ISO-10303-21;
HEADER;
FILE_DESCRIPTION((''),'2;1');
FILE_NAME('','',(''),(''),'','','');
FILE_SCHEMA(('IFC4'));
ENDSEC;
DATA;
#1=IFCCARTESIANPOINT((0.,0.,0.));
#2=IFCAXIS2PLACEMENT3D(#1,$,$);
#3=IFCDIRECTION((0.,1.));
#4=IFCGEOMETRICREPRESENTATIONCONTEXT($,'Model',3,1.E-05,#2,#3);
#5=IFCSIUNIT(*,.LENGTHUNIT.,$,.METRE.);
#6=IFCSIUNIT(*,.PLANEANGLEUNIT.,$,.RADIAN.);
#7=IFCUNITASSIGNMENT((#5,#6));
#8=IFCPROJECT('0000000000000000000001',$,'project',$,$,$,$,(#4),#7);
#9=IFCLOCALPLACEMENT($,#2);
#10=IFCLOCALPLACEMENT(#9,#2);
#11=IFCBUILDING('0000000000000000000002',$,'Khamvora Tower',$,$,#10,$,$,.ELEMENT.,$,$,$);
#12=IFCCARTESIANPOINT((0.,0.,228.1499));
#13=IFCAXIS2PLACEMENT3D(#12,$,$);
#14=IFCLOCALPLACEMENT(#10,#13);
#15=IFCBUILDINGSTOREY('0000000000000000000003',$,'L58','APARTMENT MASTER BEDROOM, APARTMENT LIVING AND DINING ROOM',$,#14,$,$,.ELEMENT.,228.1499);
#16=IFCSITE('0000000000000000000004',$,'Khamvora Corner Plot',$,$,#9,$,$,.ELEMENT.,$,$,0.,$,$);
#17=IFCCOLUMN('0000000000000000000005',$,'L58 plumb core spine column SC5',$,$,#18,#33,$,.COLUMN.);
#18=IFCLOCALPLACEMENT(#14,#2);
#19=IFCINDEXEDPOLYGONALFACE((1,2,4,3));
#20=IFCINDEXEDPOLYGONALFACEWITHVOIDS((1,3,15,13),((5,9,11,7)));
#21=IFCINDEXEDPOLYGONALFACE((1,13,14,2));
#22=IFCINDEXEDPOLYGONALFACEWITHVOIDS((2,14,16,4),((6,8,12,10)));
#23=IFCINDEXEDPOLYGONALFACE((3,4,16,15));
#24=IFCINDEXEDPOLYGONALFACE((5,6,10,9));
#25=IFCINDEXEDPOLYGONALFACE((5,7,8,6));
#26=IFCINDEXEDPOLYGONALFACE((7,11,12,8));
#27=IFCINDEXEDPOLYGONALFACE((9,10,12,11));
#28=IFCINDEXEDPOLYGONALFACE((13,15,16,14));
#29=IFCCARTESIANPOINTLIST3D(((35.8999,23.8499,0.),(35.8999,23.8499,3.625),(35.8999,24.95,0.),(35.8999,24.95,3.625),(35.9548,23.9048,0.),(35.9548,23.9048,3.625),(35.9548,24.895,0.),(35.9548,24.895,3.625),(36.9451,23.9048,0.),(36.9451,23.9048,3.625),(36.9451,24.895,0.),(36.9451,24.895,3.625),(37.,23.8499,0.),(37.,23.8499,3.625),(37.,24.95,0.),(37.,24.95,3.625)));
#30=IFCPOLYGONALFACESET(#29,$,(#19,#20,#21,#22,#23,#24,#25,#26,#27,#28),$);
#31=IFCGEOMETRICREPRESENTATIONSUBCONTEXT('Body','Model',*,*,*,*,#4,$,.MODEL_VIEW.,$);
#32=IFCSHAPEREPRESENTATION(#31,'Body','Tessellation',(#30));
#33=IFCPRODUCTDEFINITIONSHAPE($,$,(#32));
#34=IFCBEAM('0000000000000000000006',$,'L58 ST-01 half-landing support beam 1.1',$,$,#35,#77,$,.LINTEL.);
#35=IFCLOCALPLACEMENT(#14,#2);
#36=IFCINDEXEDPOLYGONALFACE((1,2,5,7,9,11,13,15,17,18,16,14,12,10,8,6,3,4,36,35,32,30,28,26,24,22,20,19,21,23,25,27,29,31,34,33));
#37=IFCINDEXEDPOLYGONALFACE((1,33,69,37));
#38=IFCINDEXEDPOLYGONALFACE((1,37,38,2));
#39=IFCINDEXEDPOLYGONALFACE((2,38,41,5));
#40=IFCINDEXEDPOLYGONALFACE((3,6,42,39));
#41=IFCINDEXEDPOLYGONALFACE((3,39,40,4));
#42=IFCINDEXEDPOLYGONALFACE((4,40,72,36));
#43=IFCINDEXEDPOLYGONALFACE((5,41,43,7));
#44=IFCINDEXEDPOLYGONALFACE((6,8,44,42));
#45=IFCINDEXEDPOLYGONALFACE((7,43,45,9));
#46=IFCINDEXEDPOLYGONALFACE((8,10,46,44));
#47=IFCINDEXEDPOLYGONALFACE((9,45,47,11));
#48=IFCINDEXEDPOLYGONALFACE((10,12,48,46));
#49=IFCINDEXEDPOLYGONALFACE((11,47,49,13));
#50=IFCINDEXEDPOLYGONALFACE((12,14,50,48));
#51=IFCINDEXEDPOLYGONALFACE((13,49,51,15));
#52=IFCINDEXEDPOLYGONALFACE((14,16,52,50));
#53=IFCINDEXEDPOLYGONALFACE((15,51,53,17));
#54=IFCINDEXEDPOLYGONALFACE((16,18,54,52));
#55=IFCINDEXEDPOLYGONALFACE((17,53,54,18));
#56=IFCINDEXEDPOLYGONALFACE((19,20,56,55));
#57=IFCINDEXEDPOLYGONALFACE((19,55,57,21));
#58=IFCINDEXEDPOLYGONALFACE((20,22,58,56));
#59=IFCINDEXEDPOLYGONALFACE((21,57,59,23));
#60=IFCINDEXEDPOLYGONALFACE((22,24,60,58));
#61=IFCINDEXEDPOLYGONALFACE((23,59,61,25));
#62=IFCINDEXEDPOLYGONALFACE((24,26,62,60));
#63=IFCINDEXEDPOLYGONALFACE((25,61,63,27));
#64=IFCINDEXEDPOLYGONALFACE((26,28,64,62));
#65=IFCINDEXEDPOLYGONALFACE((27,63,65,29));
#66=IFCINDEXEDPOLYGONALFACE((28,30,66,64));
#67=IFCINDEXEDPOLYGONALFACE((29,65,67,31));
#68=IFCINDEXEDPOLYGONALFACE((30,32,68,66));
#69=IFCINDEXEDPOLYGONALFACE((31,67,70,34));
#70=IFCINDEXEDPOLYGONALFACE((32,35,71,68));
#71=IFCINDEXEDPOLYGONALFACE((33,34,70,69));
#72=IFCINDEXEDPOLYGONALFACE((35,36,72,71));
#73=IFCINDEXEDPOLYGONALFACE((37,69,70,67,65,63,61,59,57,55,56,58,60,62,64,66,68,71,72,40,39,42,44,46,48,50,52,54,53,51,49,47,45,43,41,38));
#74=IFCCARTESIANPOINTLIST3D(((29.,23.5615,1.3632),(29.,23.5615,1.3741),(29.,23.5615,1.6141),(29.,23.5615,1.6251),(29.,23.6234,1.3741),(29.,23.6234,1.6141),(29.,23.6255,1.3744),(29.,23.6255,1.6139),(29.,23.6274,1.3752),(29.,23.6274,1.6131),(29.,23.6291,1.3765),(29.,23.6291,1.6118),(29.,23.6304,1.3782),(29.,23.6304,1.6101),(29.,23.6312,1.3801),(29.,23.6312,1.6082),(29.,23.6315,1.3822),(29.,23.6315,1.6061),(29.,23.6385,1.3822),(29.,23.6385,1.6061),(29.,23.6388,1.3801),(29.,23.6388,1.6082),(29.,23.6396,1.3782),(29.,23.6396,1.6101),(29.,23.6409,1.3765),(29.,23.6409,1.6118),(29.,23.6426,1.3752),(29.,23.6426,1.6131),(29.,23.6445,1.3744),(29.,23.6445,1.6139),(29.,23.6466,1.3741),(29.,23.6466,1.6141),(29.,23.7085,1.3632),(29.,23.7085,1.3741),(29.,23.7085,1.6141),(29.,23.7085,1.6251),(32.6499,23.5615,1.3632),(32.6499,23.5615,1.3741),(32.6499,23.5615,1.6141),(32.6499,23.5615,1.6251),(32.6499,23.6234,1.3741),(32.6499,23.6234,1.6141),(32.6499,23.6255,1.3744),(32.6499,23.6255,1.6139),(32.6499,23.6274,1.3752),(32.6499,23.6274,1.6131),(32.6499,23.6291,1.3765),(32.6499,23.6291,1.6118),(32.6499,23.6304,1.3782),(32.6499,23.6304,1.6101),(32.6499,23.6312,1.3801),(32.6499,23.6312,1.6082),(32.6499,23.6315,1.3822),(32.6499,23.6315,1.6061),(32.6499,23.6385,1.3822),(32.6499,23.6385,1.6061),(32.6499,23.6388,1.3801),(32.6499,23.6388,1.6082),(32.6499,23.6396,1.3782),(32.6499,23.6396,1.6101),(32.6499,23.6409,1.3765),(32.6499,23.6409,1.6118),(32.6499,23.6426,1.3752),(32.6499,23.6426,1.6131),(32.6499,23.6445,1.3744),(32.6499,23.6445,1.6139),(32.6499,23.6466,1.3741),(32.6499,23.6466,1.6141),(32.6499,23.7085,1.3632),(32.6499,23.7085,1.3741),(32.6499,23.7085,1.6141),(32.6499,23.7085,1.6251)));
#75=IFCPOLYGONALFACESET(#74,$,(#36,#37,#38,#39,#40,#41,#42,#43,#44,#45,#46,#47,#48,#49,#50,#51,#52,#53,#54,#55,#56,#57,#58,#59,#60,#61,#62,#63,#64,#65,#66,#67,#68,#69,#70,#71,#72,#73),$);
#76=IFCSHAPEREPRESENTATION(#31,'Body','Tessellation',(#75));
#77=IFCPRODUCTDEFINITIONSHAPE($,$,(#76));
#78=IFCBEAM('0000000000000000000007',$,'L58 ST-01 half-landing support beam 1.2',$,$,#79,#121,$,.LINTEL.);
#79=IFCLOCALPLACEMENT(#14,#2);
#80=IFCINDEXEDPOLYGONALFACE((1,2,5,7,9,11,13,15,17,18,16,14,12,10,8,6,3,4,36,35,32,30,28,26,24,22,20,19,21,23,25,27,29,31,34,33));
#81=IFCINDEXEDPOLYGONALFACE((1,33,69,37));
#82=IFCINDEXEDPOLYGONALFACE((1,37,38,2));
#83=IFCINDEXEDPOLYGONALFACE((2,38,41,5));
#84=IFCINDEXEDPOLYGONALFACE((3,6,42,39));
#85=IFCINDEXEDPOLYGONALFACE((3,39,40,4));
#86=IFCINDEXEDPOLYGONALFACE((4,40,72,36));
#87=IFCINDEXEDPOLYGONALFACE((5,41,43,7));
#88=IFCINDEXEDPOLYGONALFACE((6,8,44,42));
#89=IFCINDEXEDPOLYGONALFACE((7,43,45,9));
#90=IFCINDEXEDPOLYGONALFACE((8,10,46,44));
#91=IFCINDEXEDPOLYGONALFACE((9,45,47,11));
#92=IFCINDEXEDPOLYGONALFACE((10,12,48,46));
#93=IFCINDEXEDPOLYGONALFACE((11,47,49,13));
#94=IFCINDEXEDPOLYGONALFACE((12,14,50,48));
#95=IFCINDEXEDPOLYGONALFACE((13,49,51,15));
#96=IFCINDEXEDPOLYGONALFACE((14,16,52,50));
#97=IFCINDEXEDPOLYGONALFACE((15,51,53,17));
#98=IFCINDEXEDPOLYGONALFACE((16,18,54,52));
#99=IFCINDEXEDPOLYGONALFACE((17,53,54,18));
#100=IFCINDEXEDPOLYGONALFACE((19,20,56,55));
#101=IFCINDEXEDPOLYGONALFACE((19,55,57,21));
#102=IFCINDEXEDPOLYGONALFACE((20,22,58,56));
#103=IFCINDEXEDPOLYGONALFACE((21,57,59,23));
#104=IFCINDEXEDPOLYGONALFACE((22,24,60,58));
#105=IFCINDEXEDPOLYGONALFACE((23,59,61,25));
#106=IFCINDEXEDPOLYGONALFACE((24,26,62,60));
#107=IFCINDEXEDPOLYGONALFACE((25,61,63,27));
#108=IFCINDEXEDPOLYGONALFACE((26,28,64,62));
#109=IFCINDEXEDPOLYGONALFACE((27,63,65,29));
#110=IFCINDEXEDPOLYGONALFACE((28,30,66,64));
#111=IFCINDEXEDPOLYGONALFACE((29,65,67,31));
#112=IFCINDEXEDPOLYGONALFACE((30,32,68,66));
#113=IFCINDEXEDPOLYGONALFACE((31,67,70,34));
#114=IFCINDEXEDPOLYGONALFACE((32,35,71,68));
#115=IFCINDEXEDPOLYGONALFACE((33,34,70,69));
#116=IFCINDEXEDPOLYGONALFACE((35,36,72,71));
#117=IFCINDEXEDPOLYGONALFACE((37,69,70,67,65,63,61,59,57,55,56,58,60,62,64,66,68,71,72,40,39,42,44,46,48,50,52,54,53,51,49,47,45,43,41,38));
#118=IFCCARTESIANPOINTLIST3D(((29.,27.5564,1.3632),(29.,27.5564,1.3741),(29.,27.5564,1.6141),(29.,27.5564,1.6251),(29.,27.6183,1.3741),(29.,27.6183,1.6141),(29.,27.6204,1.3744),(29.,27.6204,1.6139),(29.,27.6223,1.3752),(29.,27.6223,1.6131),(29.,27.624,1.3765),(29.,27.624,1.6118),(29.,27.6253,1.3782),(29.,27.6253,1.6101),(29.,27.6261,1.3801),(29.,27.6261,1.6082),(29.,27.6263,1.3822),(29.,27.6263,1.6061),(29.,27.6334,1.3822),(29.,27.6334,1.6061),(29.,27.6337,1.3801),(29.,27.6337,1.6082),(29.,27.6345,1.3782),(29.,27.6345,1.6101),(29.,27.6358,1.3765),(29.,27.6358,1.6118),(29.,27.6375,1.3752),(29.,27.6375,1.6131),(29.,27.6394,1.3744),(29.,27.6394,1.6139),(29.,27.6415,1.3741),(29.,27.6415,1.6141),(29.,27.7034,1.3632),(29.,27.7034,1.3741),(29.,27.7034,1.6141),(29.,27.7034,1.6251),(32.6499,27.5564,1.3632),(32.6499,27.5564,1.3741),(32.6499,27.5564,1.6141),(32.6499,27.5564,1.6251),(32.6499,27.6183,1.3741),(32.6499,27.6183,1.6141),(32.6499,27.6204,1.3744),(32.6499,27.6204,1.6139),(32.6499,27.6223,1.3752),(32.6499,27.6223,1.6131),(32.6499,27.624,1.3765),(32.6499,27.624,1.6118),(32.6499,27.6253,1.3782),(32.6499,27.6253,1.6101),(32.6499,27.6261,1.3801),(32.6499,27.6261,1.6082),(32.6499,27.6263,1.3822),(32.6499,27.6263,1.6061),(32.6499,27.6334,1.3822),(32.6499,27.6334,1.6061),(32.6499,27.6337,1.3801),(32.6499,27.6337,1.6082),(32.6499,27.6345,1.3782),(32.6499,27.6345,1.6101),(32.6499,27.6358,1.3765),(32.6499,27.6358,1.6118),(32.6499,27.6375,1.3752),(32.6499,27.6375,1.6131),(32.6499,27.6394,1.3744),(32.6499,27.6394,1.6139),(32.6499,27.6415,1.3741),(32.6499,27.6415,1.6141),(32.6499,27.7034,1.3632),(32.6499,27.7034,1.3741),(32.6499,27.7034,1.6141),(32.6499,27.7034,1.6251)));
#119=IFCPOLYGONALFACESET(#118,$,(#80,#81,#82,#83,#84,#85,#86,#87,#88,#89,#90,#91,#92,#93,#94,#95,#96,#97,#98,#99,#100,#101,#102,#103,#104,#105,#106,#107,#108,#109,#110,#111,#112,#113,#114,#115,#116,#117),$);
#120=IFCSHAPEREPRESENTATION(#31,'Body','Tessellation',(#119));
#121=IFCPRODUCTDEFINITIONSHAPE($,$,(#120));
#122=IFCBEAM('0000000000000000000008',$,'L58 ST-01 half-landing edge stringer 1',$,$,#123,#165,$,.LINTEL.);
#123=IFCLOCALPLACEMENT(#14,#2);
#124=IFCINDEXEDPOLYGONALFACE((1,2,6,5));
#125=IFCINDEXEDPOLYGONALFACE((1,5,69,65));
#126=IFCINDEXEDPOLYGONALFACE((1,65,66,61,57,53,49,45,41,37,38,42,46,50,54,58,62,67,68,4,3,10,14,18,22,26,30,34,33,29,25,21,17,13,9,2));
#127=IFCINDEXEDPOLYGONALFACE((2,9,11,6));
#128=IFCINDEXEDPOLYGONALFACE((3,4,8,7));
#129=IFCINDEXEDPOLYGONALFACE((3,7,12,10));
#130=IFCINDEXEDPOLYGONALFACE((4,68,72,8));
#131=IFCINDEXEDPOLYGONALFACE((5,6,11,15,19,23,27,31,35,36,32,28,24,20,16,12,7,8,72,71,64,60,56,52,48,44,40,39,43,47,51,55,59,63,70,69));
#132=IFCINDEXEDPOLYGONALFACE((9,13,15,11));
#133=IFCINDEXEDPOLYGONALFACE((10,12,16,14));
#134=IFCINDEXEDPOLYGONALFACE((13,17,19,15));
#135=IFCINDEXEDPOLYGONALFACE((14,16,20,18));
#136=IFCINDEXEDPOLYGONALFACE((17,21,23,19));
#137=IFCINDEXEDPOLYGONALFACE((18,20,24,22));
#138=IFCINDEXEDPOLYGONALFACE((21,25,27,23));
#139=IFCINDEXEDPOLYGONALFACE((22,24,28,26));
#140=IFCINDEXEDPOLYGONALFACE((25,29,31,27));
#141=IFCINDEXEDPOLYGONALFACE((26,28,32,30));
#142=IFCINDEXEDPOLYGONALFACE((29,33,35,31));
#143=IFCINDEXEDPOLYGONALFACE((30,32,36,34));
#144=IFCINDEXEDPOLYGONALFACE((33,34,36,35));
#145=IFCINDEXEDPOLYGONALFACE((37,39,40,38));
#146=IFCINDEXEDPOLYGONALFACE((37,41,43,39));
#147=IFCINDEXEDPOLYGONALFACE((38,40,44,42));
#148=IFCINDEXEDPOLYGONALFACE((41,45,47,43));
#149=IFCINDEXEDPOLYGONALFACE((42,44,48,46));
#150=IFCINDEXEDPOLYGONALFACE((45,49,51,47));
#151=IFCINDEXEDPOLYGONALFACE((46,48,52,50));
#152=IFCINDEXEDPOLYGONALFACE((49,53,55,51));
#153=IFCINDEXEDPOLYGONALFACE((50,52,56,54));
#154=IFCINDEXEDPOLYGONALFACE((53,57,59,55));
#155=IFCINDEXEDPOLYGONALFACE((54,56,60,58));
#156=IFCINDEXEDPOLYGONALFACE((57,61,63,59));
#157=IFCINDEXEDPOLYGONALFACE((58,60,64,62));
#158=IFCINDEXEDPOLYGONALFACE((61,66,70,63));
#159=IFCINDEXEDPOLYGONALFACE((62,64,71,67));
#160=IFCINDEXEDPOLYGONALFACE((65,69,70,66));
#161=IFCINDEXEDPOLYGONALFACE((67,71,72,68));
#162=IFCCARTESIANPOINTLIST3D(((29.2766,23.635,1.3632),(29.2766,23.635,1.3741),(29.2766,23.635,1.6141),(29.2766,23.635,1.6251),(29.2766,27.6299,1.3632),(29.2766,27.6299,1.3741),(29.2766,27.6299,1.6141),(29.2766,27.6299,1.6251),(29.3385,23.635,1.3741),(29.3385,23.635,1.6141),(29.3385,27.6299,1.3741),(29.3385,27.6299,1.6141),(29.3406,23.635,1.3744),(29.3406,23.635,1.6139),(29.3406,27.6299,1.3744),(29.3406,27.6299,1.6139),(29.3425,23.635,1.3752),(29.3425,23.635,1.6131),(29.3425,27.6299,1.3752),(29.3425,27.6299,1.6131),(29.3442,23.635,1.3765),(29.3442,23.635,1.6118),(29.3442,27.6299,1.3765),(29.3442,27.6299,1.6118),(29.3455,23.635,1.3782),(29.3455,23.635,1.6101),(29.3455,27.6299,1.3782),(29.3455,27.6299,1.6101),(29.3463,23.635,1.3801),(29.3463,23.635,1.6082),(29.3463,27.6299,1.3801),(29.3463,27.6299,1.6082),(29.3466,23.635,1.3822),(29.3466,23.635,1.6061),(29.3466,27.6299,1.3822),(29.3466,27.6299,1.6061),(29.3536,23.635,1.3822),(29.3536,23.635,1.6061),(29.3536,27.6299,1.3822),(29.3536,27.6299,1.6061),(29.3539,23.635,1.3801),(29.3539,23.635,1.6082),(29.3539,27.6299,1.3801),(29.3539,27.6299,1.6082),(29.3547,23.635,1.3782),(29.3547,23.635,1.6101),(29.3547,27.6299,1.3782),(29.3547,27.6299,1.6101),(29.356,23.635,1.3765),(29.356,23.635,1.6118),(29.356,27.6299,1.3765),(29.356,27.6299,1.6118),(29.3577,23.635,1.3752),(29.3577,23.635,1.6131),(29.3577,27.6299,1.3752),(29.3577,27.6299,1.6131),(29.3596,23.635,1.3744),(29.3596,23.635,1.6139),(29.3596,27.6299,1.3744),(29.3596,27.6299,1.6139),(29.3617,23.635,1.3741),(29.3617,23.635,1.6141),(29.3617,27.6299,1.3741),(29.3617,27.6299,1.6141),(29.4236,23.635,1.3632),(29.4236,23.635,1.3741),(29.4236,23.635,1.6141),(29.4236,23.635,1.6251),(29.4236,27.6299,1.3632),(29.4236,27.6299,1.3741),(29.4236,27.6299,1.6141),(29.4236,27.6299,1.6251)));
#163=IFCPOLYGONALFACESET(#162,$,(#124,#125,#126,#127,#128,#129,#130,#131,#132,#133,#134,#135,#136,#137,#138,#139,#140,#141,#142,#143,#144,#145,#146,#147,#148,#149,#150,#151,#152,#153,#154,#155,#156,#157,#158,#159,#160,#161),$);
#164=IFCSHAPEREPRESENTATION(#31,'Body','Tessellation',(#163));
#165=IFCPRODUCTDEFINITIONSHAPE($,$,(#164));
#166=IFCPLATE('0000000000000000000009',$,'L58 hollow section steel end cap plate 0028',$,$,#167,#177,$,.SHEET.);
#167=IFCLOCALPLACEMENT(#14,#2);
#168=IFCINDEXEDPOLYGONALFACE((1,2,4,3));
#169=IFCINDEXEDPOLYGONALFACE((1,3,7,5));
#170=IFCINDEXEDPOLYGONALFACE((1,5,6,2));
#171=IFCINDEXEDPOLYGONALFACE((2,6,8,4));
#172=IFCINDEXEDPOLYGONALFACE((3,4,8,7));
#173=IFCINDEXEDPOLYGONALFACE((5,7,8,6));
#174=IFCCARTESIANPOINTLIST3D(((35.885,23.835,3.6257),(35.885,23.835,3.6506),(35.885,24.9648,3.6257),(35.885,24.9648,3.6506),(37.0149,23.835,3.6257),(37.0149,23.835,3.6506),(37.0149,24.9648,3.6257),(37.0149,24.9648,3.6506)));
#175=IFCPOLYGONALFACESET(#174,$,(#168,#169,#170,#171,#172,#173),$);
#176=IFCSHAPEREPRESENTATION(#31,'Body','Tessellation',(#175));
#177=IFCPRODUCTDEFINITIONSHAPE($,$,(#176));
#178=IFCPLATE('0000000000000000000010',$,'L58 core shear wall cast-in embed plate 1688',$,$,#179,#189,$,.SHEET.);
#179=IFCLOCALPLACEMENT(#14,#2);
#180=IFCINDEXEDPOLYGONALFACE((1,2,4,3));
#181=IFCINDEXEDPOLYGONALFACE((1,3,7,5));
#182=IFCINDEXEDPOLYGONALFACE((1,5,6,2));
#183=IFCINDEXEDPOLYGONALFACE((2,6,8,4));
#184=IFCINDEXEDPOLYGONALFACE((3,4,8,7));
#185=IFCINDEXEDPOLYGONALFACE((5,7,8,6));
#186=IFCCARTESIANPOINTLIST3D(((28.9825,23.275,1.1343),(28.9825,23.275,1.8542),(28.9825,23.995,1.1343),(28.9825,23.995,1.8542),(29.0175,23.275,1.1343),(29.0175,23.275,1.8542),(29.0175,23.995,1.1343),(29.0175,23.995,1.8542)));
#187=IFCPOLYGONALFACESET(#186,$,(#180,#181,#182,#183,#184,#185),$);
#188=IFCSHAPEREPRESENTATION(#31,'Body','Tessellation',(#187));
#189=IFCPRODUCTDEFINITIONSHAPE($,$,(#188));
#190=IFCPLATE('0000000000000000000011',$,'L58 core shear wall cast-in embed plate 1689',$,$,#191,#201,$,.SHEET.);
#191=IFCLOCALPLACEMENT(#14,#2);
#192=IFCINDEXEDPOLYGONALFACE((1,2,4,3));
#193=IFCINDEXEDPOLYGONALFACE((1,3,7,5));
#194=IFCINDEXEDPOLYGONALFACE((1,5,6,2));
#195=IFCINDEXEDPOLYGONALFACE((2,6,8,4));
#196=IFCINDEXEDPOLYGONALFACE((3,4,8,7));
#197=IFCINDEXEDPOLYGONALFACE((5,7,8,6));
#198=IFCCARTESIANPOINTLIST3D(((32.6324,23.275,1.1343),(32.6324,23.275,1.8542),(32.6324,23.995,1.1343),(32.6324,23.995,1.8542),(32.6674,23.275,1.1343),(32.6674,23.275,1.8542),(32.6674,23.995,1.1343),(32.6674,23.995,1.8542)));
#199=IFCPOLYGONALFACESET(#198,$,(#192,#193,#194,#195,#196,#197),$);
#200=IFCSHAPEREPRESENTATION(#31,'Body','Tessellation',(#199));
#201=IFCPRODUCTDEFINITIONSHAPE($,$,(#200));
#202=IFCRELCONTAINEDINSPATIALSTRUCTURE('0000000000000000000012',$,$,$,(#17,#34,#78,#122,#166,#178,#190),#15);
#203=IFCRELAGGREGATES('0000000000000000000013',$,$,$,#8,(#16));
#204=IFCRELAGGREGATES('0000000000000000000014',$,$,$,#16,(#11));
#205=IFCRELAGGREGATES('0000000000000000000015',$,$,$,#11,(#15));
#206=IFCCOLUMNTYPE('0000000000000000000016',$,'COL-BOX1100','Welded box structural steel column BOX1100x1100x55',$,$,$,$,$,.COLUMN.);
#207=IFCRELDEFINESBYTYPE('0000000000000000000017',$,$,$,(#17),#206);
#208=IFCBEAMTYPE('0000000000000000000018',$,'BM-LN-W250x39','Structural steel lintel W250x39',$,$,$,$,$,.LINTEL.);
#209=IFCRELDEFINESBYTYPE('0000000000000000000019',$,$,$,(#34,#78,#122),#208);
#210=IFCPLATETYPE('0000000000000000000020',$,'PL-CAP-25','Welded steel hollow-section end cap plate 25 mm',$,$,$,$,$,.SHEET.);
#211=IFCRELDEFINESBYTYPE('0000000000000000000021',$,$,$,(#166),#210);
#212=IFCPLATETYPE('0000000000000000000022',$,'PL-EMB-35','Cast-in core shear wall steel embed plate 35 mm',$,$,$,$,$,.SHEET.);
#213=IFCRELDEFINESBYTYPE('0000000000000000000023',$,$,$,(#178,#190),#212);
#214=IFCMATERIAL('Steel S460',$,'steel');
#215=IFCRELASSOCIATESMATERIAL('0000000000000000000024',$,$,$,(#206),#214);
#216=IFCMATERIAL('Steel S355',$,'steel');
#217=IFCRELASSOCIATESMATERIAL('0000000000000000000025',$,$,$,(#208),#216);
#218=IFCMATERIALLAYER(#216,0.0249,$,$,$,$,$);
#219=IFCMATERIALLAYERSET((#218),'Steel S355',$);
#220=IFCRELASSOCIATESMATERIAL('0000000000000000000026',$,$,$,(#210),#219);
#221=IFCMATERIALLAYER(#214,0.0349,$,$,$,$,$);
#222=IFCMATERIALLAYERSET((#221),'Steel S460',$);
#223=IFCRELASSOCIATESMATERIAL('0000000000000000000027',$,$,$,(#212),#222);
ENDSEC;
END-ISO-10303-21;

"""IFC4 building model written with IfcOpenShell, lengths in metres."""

from ifc_helpers import new_model, si_unit, direction, frame, origin, origin_2d, place, context, subcontext, project, spatial, rectangle, hollow_rectangle, i_section, extrude, material, layer, layer_set, material_profile, profile_set, type_object, element, save


model = new_model("IFC4")

# Units and contexts
model_context = context("Model", 3, precision=1e-05, world=origin(), true_north=direction((0.0, 1.0)))
body_context = subcontext(model_context, "Body", "Model", "MODEL_VIEW")
ifc_project = project(units=[si_unit("LENGTHUNIT", "METRE"), si_unit("PLANEANGLEUNIT", "RADIAN")], contexts=[model_context])

# Site, building, storey
site_placement = place(None, origin())
site = spatial("IfcSite", under=ifc_project, at=site_placement, Name="Khamvora Corner Plot", CompositionType="ELEMENT", RefElevation=0.0)
building_placement = place(site_placement, origin())
building = spatial("IfcBuilding", under=site, at=building_placement, Name="Khamvora Tower", CompositionType="ELEMENT")
storey_placement = place(building_placement, frame((0.0, 0.0, 228.1499)))
storey = spatial("IfcBuildingStorey", under=building, at=storey_placement, Name="L58", Description="APARTMENT MASTER BEDROOM, APARTMENT LIVING AND DINING ROOM", CompositionType="ELEMENT", Elevation=228.1499)

# Column
ifc_material_1 = material(Name="Steel S460", Category="steel")
ifc_material_profile_1 = material_profile(ifc_material_1, hollow_rectangle(XDim=1.1001, YDim=1.1001, WallThickness=0.0549, at=origin_2d()), Name="BOX1100x1100x55")
ifc_profile_set_1 = profile_set([ifc_material_profile_1], Name="Steel S460")
column_type = type_object("IfcColumnType", Name="COL-BOX1100", Description="Welded box structural steel column BOX1100x1100x55", PredefinedType="COLUMN", material=ifc_profile_set_1)
column_placement = place(storey_placement, frame((36.45, 24.3999, 0.0), z_axis=(0.0, 0.0, 1.0), x_axis=(1.0, 0.0, 0.0)))
element("IfcColumn", 1, at=column_placement, inside=storey, type_object=column_type, Name="L58 plumb core spine column SC5", PredefinedType="COLUMN", context=body_context, shape_type="SweptSolid", body=[
    extrude(hollow_rectangle(XDim=1.1001, YDim=1.1001, WallThickness=0.0549, at=origin_2d()), origin(), (0.0, 0.0, 1.0), 3.625),
])

# Beams
ifc_material_2 = material(Name="Steel S355", Category="steel")
ifc_material_profile_2 = material_profile(ifc_material_2, i_section(OverallWidth=0.147, OverallDepth=0.262, WebThickness=0.0071, FlangeThickness=0.011, FilletRadius=0.0081, at=origin_2d()), Name="W250x39")
ifc_profile_set_2 = profile_set([ifc_material_profile_2], Name="Steel S355")
beam_type = type_object("IfcBeamType", Name="BM-LN-W250x39", Description="Structural steel lintel W250x39", PredefinedType="LINTEL", material=ifc_profile_set_2)
for number, where, z_axis, x_axis, name in (
    (2, (29.0, 23.635, 1.4941), (1.0, 0.0, 0.0), (0.0, 1.0, 0.0), "L58 ST-01 half-landing support beam 1.1"),
    (3, (29.0, 27.6299, 1.4941), (1.0, 0.0, 0.0), (0.0, 1.0, 0.0), "L58 ST-01 half-landing support beam 1.2"),
):
    element("IfcBeam", number, at=place(storey_placement, frame(where, z_axis=z_axis, x_axis=x_axis)), inside=storey, type_object=beam_type, Name=name, PredefinedType="LINTEL", context=body_context, shape_type="SweptSolid", body=[
        extrude(i_section(OverallWidth=0.147, OverallDepth=0.262, WebThickness=0.0071, FlangeThickness=0.011, FilletRadius=0.0081, at=origin_2d()), origin(), (0.0, 0.0, 1.0), 3.6499),
    ])
beam_placement = place(storey_placement, frame((29.3501, 23.635, 1.4941), z_axis=(0.0, 1.0, 0.0), x_axis=(-1.0, 0.0, 0.0)))
element("IfcBeam", 4, at=beam_placement, inside=storey, type_object=beam_type, Name="L58 ST-01 half-landing edge stringer 1", PredefinedType="LINTEL", context=body_context, shape_type="SweptSolid", body=[
    extrude(i_section(OverallWidth=0.147, OverallDepth=0.262, WebThickness=0.0071, FlangeThickness=0.011, FilletRadius=0.0081, at=origin_2d()), origin(), (0.0, 0.0, 1.0), 3.9949),
])

# Plates
ifc_layer_1 = layer(ifc_material_2, 0.0249)
ifc_layer_set_1 = layer_set([ifc_layer_1], Name="Steel S355")
plate_type_1 = type_object("IfcPlateType", Name="PL-CAP-25", Description="Welded steel hollow-section end cap plate 25 mm", PredefinedType="SHEET", material=ifc_layer_set_1)
plate_placement = place(storey_placement, frame((36.45, 24.3999, 3.6257), z_axis=(0.0, 0.0, 1.0), x_axis=(1.0, 0.0, 0.0)))
element("IfcPlate", 5, at=plate_placement, inside=storey, type_object=plate_type_1, Name="L58 hollow section steel end cap plate 0028", PredefinedType="SHEET", context=body_context, shape_type="SweptSolid", body=[
    extrude(rectangle(XDim=1.1299, YDim=1.1299, at=origin_2d()), origin(), (0.0, 0.0, 1.0), 0.0249),
])
ifc_layer_2 = layer(ifc_material_1, 0.0349)
ifc_layer_set_2 = layer_set([ifc_layer_2], Name="Steel S460")
plate_type_2 = type_object("IfcPlateType", Name="PL-EMB-35", Description="Cast-in core shear wall steel embed plate 35 mm", PredefinedType="SHEET", material=ifc_layer_set_2)
for number, where, z_axis, x_axis, name in (
    (6, (29.0, 23.635, 1.1343), (0.0, 0.0, 1.0), (1.0, 0.0, 0.0), "L58 core shear wall cast-in embed plate 1688"),
    (7, (32.6499, 23.635, 1.1343), (0.0, 0.0, 1.0), (1.0, 0.0, 0.0), "L58 core shear wall cast-in embed plate 1689"),
):
    element("IfcPlate", number, at=place(storey_placement, frame(where, z_axis=z_axis, x_axis=x_axis)), inside=storey, type_object=plate_type_2, Name=name, PredefinedType="SHEET", context=body_context, shape_type="SweptSolid", body=[
        extrude(rectangle(XDim=0.0349, YDim=0.72, at=origin_2d()), origin(), (0.0, 0.0, 1.0), 0.72),
    ])

save(model, "model.ifc")
